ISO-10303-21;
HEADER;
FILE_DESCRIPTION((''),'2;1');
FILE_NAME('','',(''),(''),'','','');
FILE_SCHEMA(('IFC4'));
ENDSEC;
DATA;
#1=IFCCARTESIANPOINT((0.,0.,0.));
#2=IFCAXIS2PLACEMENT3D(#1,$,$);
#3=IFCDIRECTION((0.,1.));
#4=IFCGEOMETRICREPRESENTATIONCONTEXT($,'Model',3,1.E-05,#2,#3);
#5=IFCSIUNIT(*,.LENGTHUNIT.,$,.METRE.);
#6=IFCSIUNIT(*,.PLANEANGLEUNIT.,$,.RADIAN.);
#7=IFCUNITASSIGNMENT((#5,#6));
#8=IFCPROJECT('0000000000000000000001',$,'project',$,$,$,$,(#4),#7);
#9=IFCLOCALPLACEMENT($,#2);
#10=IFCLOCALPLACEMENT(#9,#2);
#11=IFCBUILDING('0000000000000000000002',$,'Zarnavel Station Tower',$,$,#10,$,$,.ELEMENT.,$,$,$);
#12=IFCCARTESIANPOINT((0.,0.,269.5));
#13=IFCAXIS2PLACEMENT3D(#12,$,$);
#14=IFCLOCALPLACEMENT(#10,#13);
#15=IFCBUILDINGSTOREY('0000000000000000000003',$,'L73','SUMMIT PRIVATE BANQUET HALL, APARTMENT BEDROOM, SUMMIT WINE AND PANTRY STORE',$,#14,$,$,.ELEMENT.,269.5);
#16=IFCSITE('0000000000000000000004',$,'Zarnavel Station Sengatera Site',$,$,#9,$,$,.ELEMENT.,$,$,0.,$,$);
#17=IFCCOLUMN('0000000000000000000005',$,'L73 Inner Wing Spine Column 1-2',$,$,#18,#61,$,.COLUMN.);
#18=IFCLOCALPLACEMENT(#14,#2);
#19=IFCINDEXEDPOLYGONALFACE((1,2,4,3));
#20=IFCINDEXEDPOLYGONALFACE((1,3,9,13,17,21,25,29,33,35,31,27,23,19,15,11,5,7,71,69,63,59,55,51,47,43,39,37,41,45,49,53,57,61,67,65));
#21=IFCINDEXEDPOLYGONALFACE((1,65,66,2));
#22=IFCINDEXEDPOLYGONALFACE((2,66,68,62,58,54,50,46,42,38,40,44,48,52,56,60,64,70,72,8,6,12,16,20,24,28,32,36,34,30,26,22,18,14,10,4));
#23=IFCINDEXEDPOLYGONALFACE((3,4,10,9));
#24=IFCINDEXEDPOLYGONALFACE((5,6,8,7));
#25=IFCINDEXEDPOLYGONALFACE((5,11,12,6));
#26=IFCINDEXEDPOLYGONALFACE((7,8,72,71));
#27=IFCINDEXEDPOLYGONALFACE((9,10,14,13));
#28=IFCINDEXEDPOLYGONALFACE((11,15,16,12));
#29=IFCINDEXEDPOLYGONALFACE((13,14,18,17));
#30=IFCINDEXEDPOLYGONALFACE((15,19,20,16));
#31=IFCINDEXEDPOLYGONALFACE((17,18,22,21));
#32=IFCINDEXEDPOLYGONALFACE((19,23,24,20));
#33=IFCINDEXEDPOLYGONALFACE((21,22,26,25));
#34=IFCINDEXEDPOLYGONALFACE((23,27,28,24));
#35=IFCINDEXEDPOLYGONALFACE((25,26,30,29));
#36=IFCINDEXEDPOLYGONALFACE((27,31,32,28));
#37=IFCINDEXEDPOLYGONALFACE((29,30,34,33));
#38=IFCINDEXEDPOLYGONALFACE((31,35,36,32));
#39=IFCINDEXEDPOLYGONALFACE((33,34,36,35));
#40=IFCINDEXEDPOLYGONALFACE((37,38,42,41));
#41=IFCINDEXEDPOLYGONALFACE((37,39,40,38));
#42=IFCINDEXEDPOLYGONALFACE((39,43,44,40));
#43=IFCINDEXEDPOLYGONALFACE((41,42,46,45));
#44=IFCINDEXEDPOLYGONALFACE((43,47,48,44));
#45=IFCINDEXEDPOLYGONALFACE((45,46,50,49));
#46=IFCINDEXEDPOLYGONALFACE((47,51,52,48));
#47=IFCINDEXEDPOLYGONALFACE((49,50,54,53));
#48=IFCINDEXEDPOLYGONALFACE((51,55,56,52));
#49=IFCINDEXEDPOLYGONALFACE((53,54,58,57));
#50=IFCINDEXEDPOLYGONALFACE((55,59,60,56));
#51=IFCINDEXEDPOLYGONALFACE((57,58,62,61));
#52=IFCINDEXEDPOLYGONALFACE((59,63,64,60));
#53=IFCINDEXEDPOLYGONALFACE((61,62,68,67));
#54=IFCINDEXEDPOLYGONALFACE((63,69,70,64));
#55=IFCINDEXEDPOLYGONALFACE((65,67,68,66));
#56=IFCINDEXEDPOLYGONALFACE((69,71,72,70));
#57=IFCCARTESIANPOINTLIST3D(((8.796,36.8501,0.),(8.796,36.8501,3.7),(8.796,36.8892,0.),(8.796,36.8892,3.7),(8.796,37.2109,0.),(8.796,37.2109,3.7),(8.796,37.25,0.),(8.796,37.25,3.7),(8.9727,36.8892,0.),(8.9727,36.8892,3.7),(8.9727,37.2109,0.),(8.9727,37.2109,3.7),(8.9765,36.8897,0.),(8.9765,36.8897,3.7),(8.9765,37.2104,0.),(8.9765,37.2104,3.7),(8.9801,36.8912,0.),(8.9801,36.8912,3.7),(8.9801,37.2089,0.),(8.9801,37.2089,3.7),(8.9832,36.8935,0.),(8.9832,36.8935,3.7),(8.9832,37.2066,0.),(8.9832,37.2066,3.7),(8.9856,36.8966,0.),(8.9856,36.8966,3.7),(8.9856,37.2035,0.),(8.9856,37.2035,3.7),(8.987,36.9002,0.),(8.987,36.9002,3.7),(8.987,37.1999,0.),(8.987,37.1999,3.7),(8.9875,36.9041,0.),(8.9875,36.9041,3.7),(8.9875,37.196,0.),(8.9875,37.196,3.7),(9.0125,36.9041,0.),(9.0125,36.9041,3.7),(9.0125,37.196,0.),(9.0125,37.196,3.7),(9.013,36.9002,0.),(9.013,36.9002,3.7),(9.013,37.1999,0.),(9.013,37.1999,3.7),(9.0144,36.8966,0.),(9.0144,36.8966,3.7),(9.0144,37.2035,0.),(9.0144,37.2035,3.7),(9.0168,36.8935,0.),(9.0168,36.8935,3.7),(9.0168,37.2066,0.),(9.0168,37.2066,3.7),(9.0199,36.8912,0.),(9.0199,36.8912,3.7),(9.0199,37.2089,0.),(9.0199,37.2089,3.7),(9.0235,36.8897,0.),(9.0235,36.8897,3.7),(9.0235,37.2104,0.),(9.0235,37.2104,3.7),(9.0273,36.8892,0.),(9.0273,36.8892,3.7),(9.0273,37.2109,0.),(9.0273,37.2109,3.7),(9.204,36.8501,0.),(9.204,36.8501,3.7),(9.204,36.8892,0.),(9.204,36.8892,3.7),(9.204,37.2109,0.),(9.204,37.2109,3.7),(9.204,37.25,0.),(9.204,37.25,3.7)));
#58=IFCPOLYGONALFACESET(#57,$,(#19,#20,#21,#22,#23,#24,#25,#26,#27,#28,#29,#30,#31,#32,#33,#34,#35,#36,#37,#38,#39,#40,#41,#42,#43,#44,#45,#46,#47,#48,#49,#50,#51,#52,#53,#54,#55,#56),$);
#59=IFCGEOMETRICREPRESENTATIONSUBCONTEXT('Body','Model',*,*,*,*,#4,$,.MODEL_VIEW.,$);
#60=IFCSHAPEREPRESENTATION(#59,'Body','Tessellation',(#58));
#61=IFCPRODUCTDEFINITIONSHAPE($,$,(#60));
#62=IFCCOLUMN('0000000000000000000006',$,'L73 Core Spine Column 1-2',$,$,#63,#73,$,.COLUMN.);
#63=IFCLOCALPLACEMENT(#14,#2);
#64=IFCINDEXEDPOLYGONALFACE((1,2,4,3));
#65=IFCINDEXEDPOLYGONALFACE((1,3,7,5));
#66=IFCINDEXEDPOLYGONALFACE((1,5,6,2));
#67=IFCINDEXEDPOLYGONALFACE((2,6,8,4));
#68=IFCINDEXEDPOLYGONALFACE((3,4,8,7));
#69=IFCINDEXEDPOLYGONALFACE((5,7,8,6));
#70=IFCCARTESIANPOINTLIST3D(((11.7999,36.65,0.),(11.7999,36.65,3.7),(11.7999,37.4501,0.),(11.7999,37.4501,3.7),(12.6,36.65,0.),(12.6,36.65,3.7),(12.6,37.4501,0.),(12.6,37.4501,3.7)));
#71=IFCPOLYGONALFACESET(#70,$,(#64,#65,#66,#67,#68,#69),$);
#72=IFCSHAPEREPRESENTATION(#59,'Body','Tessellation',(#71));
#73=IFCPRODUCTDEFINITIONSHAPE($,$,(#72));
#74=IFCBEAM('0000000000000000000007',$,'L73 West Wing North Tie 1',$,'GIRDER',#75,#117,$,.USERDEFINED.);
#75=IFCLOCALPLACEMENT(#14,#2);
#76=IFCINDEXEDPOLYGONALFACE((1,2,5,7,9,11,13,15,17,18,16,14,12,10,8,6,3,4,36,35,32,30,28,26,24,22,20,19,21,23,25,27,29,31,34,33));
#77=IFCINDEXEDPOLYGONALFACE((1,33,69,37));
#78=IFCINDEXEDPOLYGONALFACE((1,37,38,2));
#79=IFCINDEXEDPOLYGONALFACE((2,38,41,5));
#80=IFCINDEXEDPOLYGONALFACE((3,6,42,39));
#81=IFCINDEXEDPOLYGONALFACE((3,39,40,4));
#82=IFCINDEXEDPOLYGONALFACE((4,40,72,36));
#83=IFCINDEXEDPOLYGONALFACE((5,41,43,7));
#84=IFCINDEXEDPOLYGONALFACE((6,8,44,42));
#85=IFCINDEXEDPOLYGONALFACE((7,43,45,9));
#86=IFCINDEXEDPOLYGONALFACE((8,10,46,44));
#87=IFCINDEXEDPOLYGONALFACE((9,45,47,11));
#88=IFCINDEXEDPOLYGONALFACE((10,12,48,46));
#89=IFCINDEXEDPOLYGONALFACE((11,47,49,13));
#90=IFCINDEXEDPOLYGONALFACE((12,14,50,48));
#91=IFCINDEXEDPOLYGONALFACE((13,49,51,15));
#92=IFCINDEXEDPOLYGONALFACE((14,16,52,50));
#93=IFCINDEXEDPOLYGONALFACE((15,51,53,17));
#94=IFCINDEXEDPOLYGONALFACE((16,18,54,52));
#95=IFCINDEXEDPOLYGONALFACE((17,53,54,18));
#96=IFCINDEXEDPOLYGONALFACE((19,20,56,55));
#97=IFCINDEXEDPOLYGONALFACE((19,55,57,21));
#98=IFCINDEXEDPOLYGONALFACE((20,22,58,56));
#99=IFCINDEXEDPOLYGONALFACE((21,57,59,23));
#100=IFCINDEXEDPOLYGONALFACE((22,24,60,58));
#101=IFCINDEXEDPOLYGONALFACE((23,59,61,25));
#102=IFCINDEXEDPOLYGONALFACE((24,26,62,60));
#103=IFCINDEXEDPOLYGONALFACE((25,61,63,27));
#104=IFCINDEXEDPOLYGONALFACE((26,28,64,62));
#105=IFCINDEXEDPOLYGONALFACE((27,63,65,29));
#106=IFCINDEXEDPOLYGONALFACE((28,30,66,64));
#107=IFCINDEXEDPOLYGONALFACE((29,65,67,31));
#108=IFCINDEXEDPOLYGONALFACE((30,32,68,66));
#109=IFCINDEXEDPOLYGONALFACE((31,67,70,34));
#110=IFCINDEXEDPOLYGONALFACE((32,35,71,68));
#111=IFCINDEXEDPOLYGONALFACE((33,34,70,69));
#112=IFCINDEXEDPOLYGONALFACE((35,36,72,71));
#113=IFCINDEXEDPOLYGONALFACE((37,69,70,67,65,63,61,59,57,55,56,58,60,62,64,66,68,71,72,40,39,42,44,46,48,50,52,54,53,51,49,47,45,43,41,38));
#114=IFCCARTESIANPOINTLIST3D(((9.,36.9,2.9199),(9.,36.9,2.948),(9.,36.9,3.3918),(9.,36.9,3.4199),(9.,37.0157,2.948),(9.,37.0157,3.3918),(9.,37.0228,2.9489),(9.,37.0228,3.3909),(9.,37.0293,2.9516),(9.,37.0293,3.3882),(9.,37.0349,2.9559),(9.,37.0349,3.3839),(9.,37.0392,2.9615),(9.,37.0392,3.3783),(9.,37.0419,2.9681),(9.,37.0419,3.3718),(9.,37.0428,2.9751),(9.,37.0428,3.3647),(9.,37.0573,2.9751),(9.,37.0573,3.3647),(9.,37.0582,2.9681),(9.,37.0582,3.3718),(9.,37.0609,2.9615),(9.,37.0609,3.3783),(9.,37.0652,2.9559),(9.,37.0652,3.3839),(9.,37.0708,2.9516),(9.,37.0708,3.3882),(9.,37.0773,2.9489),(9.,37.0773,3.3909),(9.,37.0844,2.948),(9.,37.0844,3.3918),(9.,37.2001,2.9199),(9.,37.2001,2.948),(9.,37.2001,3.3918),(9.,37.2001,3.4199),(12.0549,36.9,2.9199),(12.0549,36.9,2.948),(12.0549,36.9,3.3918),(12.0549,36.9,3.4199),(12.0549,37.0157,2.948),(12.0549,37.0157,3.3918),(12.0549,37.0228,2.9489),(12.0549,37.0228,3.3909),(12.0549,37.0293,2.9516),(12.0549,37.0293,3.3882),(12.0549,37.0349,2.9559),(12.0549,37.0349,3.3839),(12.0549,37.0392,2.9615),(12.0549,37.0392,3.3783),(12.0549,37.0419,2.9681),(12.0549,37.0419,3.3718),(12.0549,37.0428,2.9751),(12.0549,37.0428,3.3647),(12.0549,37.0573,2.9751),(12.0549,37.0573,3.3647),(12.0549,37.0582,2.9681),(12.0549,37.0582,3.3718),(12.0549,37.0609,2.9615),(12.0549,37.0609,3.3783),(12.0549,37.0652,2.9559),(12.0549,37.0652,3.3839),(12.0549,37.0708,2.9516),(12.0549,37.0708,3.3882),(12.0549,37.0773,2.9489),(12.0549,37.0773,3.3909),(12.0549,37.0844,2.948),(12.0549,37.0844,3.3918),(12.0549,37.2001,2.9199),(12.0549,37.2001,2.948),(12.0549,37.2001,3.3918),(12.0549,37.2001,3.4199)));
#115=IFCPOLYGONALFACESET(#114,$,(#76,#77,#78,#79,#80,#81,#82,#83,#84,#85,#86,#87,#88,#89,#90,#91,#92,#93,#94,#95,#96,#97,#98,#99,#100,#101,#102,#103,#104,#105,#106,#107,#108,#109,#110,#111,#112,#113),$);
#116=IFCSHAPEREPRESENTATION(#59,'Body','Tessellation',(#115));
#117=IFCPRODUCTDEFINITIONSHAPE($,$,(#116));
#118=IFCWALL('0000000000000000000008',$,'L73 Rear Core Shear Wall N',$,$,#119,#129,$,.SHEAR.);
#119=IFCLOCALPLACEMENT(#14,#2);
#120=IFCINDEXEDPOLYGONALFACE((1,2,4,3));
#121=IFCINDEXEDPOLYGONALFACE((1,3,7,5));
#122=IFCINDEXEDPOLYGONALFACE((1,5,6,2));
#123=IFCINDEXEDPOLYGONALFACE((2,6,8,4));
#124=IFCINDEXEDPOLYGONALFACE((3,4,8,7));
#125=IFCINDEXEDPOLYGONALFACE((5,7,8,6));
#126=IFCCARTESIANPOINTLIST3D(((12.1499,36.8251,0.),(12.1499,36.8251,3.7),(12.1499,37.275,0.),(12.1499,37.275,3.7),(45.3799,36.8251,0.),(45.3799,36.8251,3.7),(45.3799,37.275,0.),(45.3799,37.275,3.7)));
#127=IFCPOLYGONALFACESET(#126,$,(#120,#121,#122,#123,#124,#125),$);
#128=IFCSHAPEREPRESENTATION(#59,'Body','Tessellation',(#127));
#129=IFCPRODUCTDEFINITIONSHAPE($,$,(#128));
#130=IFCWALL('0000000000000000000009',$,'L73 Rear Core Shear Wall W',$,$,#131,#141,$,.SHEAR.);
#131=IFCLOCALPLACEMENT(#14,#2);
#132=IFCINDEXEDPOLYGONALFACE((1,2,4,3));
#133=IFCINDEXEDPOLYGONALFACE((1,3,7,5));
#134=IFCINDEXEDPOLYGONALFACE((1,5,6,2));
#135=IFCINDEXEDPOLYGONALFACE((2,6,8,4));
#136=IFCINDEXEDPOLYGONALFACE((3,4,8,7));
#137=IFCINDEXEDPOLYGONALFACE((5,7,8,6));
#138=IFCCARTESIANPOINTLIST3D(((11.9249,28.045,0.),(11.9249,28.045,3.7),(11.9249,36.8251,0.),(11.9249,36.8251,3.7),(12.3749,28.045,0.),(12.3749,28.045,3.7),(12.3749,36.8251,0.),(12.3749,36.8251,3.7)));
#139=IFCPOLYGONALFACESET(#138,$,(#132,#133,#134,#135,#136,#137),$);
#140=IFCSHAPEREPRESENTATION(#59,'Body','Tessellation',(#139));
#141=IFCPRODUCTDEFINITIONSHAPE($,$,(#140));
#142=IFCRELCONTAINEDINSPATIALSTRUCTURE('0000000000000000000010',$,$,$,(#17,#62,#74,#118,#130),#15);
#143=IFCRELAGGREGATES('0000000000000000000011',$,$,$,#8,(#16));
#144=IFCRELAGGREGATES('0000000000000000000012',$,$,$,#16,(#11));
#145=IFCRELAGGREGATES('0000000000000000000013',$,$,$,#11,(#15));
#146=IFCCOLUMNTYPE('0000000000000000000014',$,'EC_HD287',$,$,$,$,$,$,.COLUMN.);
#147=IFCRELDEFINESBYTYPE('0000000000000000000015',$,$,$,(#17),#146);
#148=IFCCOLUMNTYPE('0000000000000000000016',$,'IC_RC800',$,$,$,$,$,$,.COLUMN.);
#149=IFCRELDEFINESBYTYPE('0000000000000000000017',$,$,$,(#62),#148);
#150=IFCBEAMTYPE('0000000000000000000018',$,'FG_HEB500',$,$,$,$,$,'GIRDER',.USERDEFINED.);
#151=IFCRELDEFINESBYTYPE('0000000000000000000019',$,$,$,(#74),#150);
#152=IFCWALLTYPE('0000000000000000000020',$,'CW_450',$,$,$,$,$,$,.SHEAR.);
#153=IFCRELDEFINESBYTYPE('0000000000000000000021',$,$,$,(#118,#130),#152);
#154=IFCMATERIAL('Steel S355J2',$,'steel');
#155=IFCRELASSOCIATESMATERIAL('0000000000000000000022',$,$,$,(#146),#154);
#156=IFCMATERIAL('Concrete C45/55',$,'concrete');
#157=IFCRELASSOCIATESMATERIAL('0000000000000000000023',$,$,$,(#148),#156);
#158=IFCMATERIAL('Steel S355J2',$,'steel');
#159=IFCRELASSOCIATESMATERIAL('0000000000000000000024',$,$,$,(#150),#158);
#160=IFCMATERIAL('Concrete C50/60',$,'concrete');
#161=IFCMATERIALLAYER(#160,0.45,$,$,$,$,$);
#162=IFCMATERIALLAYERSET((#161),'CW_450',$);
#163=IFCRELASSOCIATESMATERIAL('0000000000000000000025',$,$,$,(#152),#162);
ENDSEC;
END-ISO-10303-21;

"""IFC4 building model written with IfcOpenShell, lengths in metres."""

from ifc_helpers import new_model, si_unit, direction, frame, frame_2d, origin, origin_2d, place, context, subcontext, project, spatial, rectangle, i_section, extrude, material, layer, layer_set, material_profile, profile_set, type_object, element, save


model = new_model("IFC4")

# Units and contexts
model_context = context("Model", 3, precision=1e-05, world=origin(), true_north=direction((0.0, 1.0)))
body_context = subcontext(model_context, "Body", "Model", "MODEL_VIEW")
ifc_project = project(units=[si_unit("LENGTHUNIT", "METRE"), si_unit("PLANEANGLEUNIT", "RADIAN")], contexts=[model_context])

# Site, building, storey
site_placement = place(None, origin())
site = spatial("IfcSite", under=ifc_project, at=site_placement, Name="Zarnavel Station Sengatera Site", CompositionType="ELEMENT", RefElevation=0.0)
building_placement = place(site_placement, origin())
building = spatial("IfcBuilding", under=site, at=building_placement, Name="Zarnavel Station Tower", CompositionType="ELEMENT")
storey_placement = place(building_placement, frame((0.0, 0.0, 269.5)))
storey = spatial("IfcBuildingStorey", under=building, at=storey_placement, Name="L73", Description="SUMMIT PRIVATE BANQUET HALL, APARTMENT BEDROOM, SUMMIT WINE AND PANTRY STORE", CompositionType="ELEMENT", Elevation=269.5)

# Columns
ifc_material_1 = material(Name="Steel S355J2", Category="steel")
ifc_material_profile_1 = material_profile(ifc_material_1, i_section(OverallWidth=0.408, OverallDepth=0.3999, WebThickness=0.0249, FlangeThickness=0.0391, FilletRadius=0.0149, at=origin_2d()), Name="HD400x287")
ifc_profile_set_1 = profile_set([ifc_material_profile_1], Name="Steel S355J2")
column_type_1 = type_object("IfcColumnType", Name="EC_HD287", PredefinedType="COLUMN", material=ifc_profile_set_1)
column_1_placement = place(storey_placement, frame((9.0, 37.05, 0.0), z_axis=(0.0, 0.0, 1.0), x_axis=(1.0, 0.0, 0.0)))
element("IfcColumn", 1, at=column_1_placement, inside=storey, type_object=column_type_1, Name="L73 Inner Wing Spine Column 1-2", PredefinedType="COLUMN", context=body_context, shape_type="SweptSolid", body=[
    extrude(i_section(OverallWidth=0.408, OverallDepth=0.3999, WebThickness=0.0249, FlangeThickness=0.0391, FilletRadius=0.0149, at=origin_2d()), origin(), (0.0, 0.0, 1.0), 3.7),
])
ifc_material_2 = material(Name="Concrete C45/55", Category="concrete")
ifc_material_profile_2 = material_profile(ifc_material_2, rectangle(XDim=0.8, YDim=0.8, at=origin_2d()), Name="RC800x800")
ifc_profile_set_2 = profile_set([ifc_material_profile_2], Name="Concrete C45/55")
column_type_2 = type_object("IfcColumnType", Name="IC_RC800", PredefinedType="COLUMN", material=ifc_profile_set_2)
column_2_placement = place(storey_placement, frame((12.2, 37.05, 0.0), z_axis=(0.0, 0.0, 1.0), x_axis=(1.0, 0.0, 0.0)))
element("IfcColumn", 2, at=column_2_placement, inside=storey, type_object=column_type_2, Name="L73 Core Spine Column 1-2", PredefinedType="COLUMN", context=body_context, shape_type="SweptSolid", body=[
    extrude(rectangle(XDim=0.8, YDim=0.8, at=origin_2d()), origin(), (0.0, 0.0, 1.0), 3.7),
])

# Beam
ifc_material_3 = material(Name="Steel S355J2", Category="steel")
ifc_material_profile_3 = material_profile(ifc_material_3, i_section(OverallWidth=0.3, OverallDepth=0.5, WebThickness=0.0144, FlangeThickness=0.0281, FilletRadius=0.0271, at=origin_2d()), Name="HEB500")
ifc_profile_set_3 = profile_set([ifc_material_profile_3], Name="Steel S355J2")
beam_type = type_object("IfcBeamType", Name="FG_HEB500", ElementType="GIRDER", PredefinedType="USERDEFINED", material=ifc_profile_set_3)
beam_placement = place(storey_placement, frame((9.0, 37.05, 3.1699), z_axis=(1.0, 0.0, 0.0), x_axis=(0.0, 1.0, 0.0)))
element("IfcBeam", 3, at=beam_placement, inside=storey, type_object=beam_type, Name="L73 West Wing North Tie 1", ObjectType="GIRDER", PredefinedType="USERDEFINED", context=body_context, shape_type="SweptSolid", body=[
    extrude(i_section(OverallWidth=0.3, OverallDepth=0.5, WebThickness=0.0144, FlangeThickness=0.0281, FilletRadius=0.0271, at=origin_2d()), origin(), (0.0, 0.0, 1.0), 3.0549),
])

# Walls
ifc_material_4 = material(Name="Concrete C50/60", Category="concrete")
ifc_layer_1 = layer(ifc_material_4, 0.45)
ifc_layer_set_1 = layer_set([ifc_layer_1], Name="CW_450")
wall_type_1 = type_object("IfcWallType", Name="CW_450", PredefinedType="SHEAR", material=ifc_layer_set_1)
wall_1_placement = place(storey_placement, frame((12.1499, 37.05, 0.0), z_axis=(0.0, 0.0, 1.0), x_axis=(1.0, 0.0, 0.0)))
element("IfcWall", 4, at=wall_1_placement, inside=storey, type_object=wall_type_1, Name="L73 Rear Core Shear Wall N", PredefinedType="SHEAR", context=body_context, shape_type="SweptSolid", body=[
    extrude(rectangle(XDim=33.23, YDim=0.45, at=frame_2d((16.615, 0.0))), origin(), (0.0, 0.0, 1.0), 3.7),
])
wall_2_placement = place(storey_placement, frame((12.1499, 28.0449, 0.0), z_axis=(0.0, 0.0, 1.0), x_axis=(0.0, 1.0, 0.0)))
element("IfcWall", 5, at=wall_2_placement, inside=storey, type_object=wall_type_1, Name="L73 Rear Core Shear Wall W", PredefinedType="SHEAR", context=body_context, shape_type="SweptSolid", body=[
    extrude(rectangle(XDim=8.78, YDim=0.45, at=frame_2d((4.3901, 0.0))), origin(), (0.0, 0.0, 1.0), 3.7),
])

save(model, "model.ifc")
